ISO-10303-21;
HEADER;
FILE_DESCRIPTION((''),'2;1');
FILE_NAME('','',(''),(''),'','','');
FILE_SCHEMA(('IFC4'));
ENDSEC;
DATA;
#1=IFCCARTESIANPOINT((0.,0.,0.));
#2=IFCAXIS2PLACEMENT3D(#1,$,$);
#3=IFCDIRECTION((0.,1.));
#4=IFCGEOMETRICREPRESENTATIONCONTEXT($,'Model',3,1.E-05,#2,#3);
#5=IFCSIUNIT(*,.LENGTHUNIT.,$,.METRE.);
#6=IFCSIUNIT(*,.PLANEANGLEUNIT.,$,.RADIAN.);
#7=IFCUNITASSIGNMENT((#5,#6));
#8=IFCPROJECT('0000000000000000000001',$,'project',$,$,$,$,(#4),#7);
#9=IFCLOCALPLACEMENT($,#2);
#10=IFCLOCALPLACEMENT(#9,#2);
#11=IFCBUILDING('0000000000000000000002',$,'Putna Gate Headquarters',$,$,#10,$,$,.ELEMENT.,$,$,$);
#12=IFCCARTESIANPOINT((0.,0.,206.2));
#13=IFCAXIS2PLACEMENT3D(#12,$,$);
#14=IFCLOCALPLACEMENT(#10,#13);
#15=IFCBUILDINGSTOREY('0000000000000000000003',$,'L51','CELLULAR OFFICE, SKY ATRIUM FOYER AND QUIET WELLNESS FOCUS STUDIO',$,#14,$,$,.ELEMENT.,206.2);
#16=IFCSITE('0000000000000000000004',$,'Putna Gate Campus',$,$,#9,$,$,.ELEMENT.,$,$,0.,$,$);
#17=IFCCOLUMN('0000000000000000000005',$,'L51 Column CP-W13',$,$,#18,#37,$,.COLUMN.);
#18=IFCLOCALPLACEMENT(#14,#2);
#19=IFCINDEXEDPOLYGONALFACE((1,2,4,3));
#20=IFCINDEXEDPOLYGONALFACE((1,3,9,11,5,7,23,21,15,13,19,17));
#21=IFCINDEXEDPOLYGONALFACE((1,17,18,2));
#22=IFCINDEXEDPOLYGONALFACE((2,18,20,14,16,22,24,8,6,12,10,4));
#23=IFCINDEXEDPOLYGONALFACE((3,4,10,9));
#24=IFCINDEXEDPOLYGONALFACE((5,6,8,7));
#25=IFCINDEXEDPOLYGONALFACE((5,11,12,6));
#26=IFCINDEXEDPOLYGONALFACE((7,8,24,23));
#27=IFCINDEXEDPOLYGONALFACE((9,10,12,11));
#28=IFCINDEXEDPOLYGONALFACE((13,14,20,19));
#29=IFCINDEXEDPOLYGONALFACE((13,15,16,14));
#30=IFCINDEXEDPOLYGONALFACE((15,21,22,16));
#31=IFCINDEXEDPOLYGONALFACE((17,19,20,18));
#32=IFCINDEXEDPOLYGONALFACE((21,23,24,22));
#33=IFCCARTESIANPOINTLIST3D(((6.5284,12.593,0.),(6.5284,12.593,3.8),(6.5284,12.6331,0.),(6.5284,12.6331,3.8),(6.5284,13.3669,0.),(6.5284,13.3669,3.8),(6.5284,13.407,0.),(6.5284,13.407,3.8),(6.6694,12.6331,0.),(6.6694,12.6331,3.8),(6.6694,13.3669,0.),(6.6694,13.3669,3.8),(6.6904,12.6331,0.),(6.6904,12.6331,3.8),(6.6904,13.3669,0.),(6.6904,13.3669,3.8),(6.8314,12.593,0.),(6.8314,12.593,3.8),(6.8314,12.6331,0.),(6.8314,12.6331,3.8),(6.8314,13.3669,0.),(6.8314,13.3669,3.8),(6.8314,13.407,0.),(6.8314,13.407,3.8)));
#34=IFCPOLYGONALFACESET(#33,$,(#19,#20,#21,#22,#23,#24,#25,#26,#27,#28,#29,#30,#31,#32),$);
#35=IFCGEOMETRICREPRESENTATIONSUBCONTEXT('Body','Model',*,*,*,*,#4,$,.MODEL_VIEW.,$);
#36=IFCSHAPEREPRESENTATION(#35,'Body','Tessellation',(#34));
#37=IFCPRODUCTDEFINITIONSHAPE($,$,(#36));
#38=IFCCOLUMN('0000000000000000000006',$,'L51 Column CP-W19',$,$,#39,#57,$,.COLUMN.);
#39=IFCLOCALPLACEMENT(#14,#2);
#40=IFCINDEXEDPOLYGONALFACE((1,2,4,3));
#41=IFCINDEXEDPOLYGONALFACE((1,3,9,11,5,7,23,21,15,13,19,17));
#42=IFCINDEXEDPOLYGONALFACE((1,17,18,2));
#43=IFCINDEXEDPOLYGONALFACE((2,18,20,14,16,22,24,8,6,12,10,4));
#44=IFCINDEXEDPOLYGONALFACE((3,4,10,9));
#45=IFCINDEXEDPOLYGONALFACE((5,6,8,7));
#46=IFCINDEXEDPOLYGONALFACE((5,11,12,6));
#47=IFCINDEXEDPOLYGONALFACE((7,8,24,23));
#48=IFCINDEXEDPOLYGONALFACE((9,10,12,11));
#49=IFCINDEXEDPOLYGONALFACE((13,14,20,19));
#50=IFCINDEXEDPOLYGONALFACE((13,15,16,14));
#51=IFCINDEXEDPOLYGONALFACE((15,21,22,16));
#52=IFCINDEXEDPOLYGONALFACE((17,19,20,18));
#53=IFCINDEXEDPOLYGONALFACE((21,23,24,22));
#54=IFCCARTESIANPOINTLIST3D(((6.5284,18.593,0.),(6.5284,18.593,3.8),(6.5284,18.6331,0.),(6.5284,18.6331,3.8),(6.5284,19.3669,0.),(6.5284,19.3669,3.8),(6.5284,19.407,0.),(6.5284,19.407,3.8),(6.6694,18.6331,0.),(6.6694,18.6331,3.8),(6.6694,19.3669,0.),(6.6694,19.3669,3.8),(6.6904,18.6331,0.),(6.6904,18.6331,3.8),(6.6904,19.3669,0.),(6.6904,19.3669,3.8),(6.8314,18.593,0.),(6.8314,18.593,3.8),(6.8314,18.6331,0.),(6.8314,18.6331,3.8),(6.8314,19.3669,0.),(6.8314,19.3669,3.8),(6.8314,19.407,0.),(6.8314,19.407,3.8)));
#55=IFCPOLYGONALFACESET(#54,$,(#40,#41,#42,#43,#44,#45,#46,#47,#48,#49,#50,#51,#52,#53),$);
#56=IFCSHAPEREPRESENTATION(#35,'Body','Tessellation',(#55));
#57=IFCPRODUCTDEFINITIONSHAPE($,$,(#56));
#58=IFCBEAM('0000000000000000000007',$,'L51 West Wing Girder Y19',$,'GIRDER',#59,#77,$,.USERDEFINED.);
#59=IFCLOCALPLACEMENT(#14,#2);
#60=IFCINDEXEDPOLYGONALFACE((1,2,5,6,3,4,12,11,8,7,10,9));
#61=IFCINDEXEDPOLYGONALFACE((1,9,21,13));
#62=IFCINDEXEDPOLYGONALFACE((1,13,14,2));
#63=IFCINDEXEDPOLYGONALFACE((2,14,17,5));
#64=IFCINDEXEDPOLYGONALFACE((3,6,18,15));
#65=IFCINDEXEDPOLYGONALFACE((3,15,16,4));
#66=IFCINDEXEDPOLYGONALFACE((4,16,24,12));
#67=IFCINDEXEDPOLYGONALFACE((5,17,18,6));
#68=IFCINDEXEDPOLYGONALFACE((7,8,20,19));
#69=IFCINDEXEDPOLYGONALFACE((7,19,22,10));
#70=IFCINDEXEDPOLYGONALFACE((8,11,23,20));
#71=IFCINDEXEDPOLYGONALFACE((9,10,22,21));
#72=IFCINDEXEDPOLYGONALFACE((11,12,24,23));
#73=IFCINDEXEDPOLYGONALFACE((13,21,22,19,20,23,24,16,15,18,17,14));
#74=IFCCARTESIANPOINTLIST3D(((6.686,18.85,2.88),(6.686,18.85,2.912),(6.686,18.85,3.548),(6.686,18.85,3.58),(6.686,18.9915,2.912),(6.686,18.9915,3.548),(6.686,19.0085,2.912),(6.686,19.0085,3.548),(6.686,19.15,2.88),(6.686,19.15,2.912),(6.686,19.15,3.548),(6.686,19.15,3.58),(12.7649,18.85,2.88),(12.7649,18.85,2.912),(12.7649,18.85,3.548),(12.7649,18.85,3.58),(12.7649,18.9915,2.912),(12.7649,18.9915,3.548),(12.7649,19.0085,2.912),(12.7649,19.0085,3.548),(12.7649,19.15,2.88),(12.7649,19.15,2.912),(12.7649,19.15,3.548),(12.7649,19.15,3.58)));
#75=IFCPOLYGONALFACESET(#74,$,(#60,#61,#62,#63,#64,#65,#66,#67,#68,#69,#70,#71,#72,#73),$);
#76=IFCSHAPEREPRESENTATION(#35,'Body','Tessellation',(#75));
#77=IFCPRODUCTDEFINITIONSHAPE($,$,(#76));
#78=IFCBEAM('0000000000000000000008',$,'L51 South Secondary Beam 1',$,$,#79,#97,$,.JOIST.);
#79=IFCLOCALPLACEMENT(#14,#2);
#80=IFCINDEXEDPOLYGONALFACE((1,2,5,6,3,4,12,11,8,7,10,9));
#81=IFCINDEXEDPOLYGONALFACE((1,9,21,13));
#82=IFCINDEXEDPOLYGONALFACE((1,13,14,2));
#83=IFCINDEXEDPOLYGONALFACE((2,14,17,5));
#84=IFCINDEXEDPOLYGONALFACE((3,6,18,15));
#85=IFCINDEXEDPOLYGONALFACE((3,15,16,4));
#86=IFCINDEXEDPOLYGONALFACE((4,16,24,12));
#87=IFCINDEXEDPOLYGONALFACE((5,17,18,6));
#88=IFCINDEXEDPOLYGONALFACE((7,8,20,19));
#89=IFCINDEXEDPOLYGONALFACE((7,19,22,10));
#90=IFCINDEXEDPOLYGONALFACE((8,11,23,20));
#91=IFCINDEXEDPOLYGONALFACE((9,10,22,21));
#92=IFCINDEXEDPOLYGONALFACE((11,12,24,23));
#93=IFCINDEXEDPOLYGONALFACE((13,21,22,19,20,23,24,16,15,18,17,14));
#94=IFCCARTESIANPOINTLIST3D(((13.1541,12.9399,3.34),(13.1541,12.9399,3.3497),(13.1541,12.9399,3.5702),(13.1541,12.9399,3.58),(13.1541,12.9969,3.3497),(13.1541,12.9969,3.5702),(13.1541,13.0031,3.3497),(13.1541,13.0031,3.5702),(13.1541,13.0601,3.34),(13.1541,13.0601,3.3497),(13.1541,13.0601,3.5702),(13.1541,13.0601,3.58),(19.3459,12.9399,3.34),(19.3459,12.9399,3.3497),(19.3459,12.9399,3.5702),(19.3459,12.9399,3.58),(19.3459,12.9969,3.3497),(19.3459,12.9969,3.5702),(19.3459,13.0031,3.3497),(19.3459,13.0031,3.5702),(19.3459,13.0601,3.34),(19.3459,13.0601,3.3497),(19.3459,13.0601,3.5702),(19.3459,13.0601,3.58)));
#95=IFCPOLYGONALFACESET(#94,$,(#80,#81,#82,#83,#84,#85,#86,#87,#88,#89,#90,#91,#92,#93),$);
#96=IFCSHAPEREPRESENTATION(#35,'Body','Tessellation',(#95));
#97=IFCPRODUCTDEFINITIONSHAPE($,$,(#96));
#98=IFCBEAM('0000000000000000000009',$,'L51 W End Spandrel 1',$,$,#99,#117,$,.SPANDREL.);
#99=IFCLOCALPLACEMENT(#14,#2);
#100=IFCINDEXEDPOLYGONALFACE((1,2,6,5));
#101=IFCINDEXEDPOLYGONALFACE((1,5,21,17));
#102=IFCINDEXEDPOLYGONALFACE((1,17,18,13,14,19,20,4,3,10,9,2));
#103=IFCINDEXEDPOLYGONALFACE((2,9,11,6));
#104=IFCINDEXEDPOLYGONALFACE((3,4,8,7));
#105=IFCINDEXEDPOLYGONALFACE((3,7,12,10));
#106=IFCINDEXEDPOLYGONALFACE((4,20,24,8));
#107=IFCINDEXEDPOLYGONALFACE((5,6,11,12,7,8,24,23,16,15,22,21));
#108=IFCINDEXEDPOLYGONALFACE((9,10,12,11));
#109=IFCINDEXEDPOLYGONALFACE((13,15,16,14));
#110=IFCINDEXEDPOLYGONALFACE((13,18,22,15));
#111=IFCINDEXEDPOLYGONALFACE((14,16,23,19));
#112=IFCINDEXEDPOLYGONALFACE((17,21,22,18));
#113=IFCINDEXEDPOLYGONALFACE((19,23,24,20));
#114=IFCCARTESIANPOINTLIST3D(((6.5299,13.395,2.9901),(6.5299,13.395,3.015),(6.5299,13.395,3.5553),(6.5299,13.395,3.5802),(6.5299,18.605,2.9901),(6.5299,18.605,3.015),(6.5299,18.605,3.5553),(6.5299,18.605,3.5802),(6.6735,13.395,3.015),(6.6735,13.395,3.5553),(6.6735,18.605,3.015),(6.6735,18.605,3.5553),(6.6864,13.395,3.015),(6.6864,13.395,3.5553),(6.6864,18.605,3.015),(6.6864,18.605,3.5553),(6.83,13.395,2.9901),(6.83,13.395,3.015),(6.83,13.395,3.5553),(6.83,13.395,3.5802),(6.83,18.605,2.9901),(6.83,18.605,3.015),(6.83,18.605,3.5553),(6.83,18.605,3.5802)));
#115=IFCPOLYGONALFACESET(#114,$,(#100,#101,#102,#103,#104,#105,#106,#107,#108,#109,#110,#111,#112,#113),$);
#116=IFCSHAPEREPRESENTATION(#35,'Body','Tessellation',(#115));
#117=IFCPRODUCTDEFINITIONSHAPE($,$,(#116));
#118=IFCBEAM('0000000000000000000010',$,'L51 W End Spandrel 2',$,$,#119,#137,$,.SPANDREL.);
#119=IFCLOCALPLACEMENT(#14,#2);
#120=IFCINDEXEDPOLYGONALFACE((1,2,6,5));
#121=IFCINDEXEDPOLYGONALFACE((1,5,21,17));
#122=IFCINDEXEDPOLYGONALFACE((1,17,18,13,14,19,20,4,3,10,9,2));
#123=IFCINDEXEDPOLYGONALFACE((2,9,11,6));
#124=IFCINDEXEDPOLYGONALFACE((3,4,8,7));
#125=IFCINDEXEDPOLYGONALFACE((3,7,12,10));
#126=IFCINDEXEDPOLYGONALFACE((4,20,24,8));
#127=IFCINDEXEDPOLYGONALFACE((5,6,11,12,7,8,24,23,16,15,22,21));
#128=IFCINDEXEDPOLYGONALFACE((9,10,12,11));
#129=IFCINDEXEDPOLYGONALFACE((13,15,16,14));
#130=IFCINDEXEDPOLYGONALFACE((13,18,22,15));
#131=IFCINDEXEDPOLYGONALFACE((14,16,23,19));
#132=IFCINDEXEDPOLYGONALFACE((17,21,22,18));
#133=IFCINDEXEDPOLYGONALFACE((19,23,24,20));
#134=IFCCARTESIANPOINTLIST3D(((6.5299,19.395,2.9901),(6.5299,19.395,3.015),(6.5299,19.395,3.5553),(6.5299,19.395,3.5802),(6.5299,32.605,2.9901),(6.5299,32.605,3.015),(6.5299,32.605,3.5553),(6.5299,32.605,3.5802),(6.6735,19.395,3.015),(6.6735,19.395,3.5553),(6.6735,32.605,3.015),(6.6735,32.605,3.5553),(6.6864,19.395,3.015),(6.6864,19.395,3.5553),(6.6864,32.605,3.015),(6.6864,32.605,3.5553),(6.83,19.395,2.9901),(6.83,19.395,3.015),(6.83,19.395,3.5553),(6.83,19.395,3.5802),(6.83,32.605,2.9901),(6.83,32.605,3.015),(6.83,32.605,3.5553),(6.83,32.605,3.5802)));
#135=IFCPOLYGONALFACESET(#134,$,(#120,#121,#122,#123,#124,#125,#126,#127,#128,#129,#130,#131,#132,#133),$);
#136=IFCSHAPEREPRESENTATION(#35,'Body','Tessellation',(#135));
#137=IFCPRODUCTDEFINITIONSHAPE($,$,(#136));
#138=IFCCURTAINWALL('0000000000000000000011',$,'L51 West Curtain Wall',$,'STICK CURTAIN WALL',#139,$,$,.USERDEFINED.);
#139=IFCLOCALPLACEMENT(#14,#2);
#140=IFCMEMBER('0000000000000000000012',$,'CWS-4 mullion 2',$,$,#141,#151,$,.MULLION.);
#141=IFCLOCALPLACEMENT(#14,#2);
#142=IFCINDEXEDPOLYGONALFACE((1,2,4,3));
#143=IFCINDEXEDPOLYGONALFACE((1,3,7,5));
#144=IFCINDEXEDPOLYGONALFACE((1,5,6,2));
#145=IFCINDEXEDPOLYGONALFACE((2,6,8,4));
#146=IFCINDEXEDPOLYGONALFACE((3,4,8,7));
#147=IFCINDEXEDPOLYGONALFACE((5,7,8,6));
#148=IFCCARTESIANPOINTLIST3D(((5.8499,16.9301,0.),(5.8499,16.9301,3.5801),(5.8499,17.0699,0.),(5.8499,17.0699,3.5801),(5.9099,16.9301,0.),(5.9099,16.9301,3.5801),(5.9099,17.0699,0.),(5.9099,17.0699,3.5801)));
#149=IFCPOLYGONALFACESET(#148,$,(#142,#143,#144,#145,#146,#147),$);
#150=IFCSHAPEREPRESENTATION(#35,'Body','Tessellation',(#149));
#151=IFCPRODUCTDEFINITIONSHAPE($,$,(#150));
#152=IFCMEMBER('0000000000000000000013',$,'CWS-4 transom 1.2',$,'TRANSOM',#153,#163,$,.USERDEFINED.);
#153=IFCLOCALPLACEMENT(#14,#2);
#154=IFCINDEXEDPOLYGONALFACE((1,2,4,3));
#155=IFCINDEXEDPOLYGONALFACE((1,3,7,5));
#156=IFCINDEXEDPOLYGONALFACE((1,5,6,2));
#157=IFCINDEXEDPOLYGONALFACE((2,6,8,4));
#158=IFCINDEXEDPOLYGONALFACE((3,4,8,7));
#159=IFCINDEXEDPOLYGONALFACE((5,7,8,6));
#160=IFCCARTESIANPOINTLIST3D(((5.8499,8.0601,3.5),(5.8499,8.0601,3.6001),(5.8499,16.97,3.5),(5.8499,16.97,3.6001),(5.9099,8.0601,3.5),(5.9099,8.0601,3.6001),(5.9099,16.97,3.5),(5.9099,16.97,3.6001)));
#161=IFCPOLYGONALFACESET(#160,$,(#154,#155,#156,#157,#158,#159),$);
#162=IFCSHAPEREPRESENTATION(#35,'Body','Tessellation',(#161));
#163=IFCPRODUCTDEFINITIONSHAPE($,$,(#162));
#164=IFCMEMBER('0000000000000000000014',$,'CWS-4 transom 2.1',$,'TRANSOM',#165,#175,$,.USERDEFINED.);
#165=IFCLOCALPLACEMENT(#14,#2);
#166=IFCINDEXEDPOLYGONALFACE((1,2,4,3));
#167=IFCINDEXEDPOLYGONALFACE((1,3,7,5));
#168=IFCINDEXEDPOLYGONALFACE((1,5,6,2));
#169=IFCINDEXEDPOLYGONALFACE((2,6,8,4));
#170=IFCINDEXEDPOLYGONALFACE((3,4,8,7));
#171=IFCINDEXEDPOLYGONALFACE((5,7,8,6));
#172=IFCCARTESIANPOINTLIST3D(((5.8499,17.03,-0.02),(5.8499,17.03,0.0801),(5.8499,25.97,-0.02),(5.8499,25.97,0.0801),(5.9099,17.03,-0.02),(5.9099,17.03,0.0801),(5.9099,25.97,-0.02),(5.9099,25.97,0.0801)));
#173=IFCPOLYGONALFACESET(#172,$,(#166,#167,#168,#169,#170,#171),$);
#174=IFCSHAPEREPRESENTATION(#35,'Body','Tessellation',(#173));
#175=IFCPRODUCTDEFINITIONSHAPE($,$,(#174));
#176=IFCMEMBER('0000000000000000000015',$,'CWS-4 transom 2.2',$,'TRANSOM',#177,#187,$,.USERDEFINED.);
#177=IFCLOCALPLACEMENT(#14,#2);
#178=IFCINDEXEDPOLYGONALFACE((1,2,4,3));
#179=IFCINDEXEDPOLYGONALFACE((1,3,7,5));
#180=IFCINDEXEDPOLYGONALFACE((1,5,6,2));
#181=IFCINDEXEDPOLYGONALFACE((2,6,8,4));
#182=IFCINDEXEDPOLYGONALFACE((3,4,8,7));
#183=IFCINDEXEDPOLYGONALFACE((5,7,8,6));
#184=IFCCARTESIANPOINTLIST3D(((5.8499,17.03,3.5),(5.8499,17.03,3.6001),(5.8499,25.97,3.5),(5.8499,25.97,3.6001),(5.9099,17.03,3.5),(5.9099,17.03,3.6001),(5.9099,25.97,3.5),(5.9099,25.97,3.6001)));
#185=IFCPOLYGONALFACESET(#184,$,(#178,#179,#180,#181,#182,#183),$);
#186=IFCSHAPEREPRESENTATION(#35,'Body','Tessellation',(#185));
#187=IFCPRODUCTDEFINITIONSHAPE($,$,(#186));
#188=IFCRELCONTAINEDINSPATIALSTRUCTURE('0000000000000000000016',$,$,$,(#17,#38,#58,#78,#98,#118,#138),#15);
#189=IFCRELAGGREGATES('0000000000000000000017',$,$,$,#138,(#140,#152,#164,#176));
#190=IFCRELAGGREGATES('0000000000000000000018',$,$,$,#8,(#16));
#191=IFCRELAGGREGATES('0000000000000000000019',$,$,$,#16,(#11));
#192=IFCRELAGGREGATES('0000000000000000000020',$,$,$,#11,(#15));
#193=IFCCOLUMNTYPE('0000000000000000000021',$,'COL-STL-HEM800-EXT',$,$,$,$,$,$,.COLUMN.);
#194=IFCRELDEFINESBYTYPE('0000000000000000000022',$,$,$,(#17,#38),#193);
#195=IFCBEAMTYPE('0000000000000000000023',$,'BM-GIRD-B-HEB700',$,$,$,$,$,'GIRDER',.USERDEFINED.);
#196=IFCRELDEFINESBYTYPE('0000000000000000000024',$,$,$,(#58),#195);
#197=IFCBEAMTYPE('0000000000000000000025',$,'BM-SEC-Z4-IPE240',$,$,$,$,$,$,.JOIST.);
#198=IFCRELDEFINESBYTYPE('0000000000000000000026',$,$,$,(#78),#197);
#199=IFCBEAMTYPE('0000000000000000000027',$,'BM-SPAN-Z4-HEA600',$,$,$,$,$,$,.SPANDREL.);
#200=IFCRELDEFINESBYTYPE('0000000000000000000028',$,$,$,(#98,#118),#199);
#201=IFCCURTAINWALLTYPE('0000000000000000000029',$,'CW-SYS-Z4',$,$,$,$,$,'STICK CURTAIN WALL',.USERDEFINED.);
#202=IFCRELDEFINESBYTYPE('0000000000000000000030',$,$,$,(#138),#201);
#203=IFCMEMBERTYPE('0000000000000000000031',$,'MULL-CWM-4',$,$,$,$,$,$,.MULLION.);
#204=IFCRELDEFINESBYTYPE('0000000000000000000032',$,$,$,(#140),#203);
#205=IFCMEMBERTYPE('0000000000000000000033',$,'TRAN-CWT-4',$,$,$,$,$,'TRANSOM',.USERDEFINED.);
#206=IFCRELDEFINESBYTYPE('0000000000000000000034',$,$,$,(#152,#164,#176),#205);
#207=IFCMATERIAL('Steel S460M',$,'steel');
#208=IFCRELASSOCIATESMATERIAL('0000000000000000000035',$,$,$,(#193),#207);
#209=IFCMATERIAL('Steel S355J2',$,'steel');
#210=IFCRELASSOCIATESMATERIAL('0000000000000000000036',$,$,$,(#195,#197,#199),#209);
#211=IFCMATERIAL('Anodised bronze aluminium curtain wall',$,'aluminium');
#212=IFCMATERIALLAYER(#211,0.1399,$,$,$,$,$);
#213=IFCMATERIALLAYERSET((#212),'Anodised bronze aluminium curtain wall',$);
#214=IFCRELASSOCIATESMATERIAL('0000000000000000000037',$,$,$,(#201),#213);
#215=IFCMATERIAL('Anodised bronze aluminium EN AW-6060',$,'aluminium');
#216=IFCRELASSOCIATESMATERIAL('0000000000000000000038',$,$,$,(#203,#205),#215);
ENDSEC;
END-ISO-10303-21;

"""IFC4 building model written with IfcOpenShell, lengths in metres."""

from ifc_helpers import new_model, si_unit, direction, frame, origin, origin_2d, place, context, subcontext, project, spatial, rectangle, i_section, extrude, material, layer, layer_set, material_profile, profile_set, type_object, element, aggregate, save


model = new_model("IFC4")

# Units and contexts
model_context = context("Model", 3, precision=1e-05, world=origin(), true_north=direction((0.0, 1.0)))
body_context = subcontext(model_context, "Body", "Model", "MODEL_VIEW")
ifc_project = project(units=[si_unit("LENGTHUNIT", "METRE"), si_unit("PLANEANGLEUNIT", "RADIAN")], contexts=[model_context])

# Site, building, storey
site_placement = place(None, origin())
site = spatial("IfcSite", under=ifc_project, at=site_placement, Name="Putna Gate Campus", CompositionType="ELEMENT", RefElevation=0.0)
building_placement = place(site_placement, origin())
building = spatial("IfcBuilding", under=site, at=building_placement, Name="Putna Gate Headquarters", CompositionType="ELEMENT")
storey_placement = place(building_placement, frame((0.0, 0.0, 206.2)))
storey = spatial("IfcBuildingStorey", under=building, at=storey_placement, Name="L51", Description="CELLULAR OFFICE, SKY ATRIUM FOYER AND QUIET WELLNESS FOCUS STUDIO", CompositionType="ELEMENT", Elevation=206.2)

# Columns
ifc_material_1 = material(Name="Steel S460M", Category="steel")
ifc_material_profile_1 = material_profile(ifc_material_1, i_section(OverallWidth=0.303, OverallDepth=0.814, WebThickness=0.021, FlangeThickness=0.04, at=origin_2d()), Name="Steel S460M")
ifc_profile_set_1 = profile_set([ifc_material_profile_1], Name="Steel S460M")
column_type = type_object("IfcColumnType", Name="COL-STL-HEM800-EXT", PredefinedType="COLUMN", material=ifc_profile_set_1)
for number, where, z_axis, x_axis, name in (
    (1, (6.6799, 13.0, 0.0), (0.0, 0.0, 1.0), (1.0, 0.0, 0.0), "L51 Column CP-W13"),
    (2, (6.6799, 19.0, 0.0), (0.0, 0.0, 1.0), (1.0, 0.0, 0.0), "L51 Column CP-W19"),
):
    element("IfcColumn", number, at=place(storey_placement, frame(where, z_axis=z_axis, x_axis=x_axis)), inside=storey, type_object=column_type, Name=name, PredefinedType="COLUMN", context=body_context, shape_type="SweptSolid", body=[
        extrude(i_section(OverallWidth=0.303, OverallDepth=0.814, WebThickness=0.021, FlangeThickness=0.04, at=origin_2d()), origin(), (0.0, 0.0, 1.0), 3.8),
    ])

# Beams
ifc_material_2 = material(Name="Steel S355J2", Category="steel")
ifc_material_profile_2 = material_profile(ifc_material_2, i_section(OverallWidth=0.3, OverallDepth=0.7, WebThickness=0.0171, FlangeThickness=0.032, at=origin_2d()), Name="Steel S355J2")
ifc_profile_set_2 = profile_set([ifc_material_profile_2], Name="Steel S355J2")
beam_type_1 = type_object("IfcBeamType", Name="BM-GIRD-B-HEB700", ElementType="GIRDER", PredefinedType="USERDEFINED", material=ifc_profile_set_2)
beam_1_placement = place(storey_placement, frame((6.686, 19.0, 3.23), z_axis=(1.0, 0.0, 0.0), x_axis=(0.0, 1.0, 0.0)))
element("IfcBeam", 3, at=beam_1_placement, inside=storey, type_object=beam_type_1, Name="L51 West Wing Girder Y19", ObjectType="GIRDER", PredefinedType="USERDEFINED", context=body_context, shape_type="SweptSolid", body=[
    extrude(i_section(OverallWidth=0.3, OverallDepth=0.7, WebThickness=0.0171, FlangeThickness=0.032, at=origin_2d()), origin(), (0.0, 0.0, 1.0), 6.0789),
])
ifc_material_profile_3 = material_profile(ifc_material_2, i_section(OverallWidth=0.1201, OverallDepth=0.24, WebThickness=0.0061, FlangeThickness=0.0098, at=origin_2d()), Name="Steel S355J2")
ifc_profile_set_3 = profile_set([ifc_material_profile_3], Name="Steel S355J2")
beam_type_2 = type_object("IfcBeamType", Name="BM-SEC-Z4-IPE240", PredefinedType="JOIST", material=ifc_profile_set_3)
beam_2_placement = place(storey_placement, frame((13.1541, 13.0, 3.46), z_axis=(1.0, 0.0, 0.0), x_axis=(0.0, 1.0, 0.0)))
element("IfcBeam", 4, at=beam_2_placement, inside=storey, type_object=beam_type_2, Name="L51 South Secondary Beam 1", PredefinedType="JOIST", context=body_context, shape_type="SweptSolid", body=[
    extrude(i_section(OverallWidth=0.1201, OverallDepth=0.24, WebThickness=0.0061, FlangeThickness=0.0098, at=origin_2d()), origin(), (0.0, 0.0, 1.0), 6.1919),
])
ifc_material_profile_4 = material_profile(ifc_material_2, i_section(OverallWidth=0.3, OverallDepth=0.5901, WebThickness=0.0129, FlangeThickness=0.0249, at=origin_2d()), Name="Steel S355J2")
ifc_profile_set_4 = profile_set([ifc_material_profile_4], Name="Steel S355J2")
beam_type_3 = type_object("IfcBeamType", Name="BM-SPAN-Z4-HEA600", PredefinedType="SPANDREL", material=ifc_profile_set_4)
beam_3_placement = place(storey_placement, frame((6.6799, 13.395, 3.2852), z_axis=(0.0, 1.0, 0.0), x_axis=(-1.0, 0.0, 0.0)))
element("IfcBeam", 5, at=beam_3_placement, inside=storey, type_object=beam_type_3, Name="L51 W End Spandrel 1", PredefinedType="SPANDREL", context=body_context, shape_type="SweptSolid", body=[
    extrude(i_section(OverallWidth=0.3, OverallDepth=0.5901, WebThickness=0.0129, FlangeThickness=0.0249, at=origin_2d()), origin(), (0.0, 0.0, 1.0), 5.21),
])
beam_4_placement = place(storey_placement, frame((6.6799, 19.395, 3.2852), z_axis=(0.0, 1.0, 0.0), x_axis=(-1.0, 0.0, 0.0)))
element("IfcBeam", 6, at=beam_4_placement, inside=storey, type_object=beam_type_3, Name="L51 W End Spandrel 2", PredefinedType="SPANDREL", context=body_context, shape_type="SweptSolid", body=[
    extrude(i_section(OverallWidth=0.3, OverallDepth=0.5901, WebThickness=0.0129, FlangeThickness=0.0249, at=origin_2d()), origin(), (0.0, 0.0, 1.0), 13.21),
])

# Curtain wall, members
ifc_material_3 = material(Name="Anodised bronze aluminium curtain wall", Category="aluminium")
ifc_layer_1 = layer(ifc_material_3, 0.1399)
ifc_layer_set_1 = layer_set([ifc_layer_1], Name="Anodised bronze aluminium curtain wall")
curtain_wall_type = type_object("IfcCurtainWallType", Name="CW-SYS-Z4", ElementType="STICK CURTAIN WALL", PredefinedType="USERDEFINED", material=ifc_layer_set_1)
curtain_wall_placement = place(storey_placement, origin())
curtain_wall = element("IfcCurtainWall", 7, at=curtain_wall_placement, inside=storey, type_object=curtain_wall_type, Name="L51 West Curtain Wall", ObjectType="STICK CURTAIN WALL", PredefinedType="USERDEFINED")
ifc_material_4 = material(Name="Anodised bronze aluminium EN AW-6060", Category="aluminium")
ifc_material_profile_5 = material_profile(ifc_material_4, rectangle(XDim=0.0601, YDim=0.1399, at=origin_2d()), Name="Anodised bronze aluminium EN AW-6060")
ifc_profile_set_5 = profile_set([ifc_material_profile_5], Name="Anodised bronze aluminium EN AW-6060")
member_type_1 = type_object("IfcMemberType", Name="MULL-CWM-4", PredefinedType="MULLION", material=ifc_profile_set_5)
member_1_placement = place(storey_placement, frame((5.8799, 17.0, 0.0), z_axis=(0.0, 0.0, 1.0), x_axis=(-1.0, 0.0, 0.0)))
member_1 = element("IfcMember", 8, at=member_1_placement, type_object=member_type_1, Name="CWS-4 mullion 2", PredefinedType="MULLION", context=body_context, shape_type="SweptSolid", body=[
    extrude(rectangle(XDim=0.0601, YDim=0.1399, at=origin_2d()), origin(), (0.0, 0.0, 1.0), 3.5801),
])
ifc_material_profile_6 = material_profile(ifc_material_4, rectangle(XDim=0.0601, YDim=0.1001, at=origin_2d()), Name="Anodised bronze aluminium EN AW-6060")
ifc_profile_set_6 = profile_set([ifc_material_profile_6], Name="Anodised bronze aluminium EN AW-6060")
member_type_2 = type_object("IfcMemberType", Name="TRAN-CWT-4", ElementType="TRANSOM", PredefinedType="USERDEFINED", material=ifc_profile_set_6)
member_2_placement = place(storey_placement, frame((5.8799, 8.0601, 3.55), z_axis=(0.0, 1.0, 0.0), x_axis=(-1.0, 0.0, 0.0)))
member_2 = element("IfcMember", 9, at=member_2_placement, type_object=member_type_2, Name="CWS-4 transom 1.2", ObjectType="TRANSOM", PredefinedType="USERDEFINED", context=body_context, shape_type="SweptSolid", body=[
    extrude(rectangle(XDim=0.0601, YDim=0.1001, at=origin_2d()), origin(), (0.0, 0.0, 1.0), 8.9099),
])
member_3_placement = place(storey_placement, frame((5.8799, 17.03, 0.03), z_axis=(0.0, 1.0, 0.0), x_axis=(-1.0, 0.0, 0.0)))
member_3 = element("IfcMember", 10, at=member_3_placement, type_object=member_type_2, Name="CWS-4 transom 2.1", ObjectType="TRANSOM", PredefinedType="USERDEFINED", context=body_context, shape_type="SweptSolid", body=[
    extrude(rectangle(XDim=0.0601, YDim=0.1001, at=origin_2d()), origin(), (0.0, 0.0, 1.0), 8.9399),
])
member_4_placement = place(storey_placement, frame((5.8799, 17.03, 3.55), z_axis=(0.0, 1.0, 0.0), x_axis=(-1.0, 0.0, 0.0)))
member_4 = element("IfcMember", 11, at=member_4_placement, type_object=member_type_2, Name="CWS-4 transom 2.2", ObjectType="TRANSOM", PredefinedType="USERDEFINED", context=body_context, shape_type="SweptSolid", body=[
    extrude(rectangle(XDim=0.0601, YDim=0.1001, at=origin_2d()), origin(), (0.0, 0.0, 1.0), 8.9399),
])
aggregate(curtain_wall, [member_1, member_2, member_3, member_4])

save(model, "model.ifc")
